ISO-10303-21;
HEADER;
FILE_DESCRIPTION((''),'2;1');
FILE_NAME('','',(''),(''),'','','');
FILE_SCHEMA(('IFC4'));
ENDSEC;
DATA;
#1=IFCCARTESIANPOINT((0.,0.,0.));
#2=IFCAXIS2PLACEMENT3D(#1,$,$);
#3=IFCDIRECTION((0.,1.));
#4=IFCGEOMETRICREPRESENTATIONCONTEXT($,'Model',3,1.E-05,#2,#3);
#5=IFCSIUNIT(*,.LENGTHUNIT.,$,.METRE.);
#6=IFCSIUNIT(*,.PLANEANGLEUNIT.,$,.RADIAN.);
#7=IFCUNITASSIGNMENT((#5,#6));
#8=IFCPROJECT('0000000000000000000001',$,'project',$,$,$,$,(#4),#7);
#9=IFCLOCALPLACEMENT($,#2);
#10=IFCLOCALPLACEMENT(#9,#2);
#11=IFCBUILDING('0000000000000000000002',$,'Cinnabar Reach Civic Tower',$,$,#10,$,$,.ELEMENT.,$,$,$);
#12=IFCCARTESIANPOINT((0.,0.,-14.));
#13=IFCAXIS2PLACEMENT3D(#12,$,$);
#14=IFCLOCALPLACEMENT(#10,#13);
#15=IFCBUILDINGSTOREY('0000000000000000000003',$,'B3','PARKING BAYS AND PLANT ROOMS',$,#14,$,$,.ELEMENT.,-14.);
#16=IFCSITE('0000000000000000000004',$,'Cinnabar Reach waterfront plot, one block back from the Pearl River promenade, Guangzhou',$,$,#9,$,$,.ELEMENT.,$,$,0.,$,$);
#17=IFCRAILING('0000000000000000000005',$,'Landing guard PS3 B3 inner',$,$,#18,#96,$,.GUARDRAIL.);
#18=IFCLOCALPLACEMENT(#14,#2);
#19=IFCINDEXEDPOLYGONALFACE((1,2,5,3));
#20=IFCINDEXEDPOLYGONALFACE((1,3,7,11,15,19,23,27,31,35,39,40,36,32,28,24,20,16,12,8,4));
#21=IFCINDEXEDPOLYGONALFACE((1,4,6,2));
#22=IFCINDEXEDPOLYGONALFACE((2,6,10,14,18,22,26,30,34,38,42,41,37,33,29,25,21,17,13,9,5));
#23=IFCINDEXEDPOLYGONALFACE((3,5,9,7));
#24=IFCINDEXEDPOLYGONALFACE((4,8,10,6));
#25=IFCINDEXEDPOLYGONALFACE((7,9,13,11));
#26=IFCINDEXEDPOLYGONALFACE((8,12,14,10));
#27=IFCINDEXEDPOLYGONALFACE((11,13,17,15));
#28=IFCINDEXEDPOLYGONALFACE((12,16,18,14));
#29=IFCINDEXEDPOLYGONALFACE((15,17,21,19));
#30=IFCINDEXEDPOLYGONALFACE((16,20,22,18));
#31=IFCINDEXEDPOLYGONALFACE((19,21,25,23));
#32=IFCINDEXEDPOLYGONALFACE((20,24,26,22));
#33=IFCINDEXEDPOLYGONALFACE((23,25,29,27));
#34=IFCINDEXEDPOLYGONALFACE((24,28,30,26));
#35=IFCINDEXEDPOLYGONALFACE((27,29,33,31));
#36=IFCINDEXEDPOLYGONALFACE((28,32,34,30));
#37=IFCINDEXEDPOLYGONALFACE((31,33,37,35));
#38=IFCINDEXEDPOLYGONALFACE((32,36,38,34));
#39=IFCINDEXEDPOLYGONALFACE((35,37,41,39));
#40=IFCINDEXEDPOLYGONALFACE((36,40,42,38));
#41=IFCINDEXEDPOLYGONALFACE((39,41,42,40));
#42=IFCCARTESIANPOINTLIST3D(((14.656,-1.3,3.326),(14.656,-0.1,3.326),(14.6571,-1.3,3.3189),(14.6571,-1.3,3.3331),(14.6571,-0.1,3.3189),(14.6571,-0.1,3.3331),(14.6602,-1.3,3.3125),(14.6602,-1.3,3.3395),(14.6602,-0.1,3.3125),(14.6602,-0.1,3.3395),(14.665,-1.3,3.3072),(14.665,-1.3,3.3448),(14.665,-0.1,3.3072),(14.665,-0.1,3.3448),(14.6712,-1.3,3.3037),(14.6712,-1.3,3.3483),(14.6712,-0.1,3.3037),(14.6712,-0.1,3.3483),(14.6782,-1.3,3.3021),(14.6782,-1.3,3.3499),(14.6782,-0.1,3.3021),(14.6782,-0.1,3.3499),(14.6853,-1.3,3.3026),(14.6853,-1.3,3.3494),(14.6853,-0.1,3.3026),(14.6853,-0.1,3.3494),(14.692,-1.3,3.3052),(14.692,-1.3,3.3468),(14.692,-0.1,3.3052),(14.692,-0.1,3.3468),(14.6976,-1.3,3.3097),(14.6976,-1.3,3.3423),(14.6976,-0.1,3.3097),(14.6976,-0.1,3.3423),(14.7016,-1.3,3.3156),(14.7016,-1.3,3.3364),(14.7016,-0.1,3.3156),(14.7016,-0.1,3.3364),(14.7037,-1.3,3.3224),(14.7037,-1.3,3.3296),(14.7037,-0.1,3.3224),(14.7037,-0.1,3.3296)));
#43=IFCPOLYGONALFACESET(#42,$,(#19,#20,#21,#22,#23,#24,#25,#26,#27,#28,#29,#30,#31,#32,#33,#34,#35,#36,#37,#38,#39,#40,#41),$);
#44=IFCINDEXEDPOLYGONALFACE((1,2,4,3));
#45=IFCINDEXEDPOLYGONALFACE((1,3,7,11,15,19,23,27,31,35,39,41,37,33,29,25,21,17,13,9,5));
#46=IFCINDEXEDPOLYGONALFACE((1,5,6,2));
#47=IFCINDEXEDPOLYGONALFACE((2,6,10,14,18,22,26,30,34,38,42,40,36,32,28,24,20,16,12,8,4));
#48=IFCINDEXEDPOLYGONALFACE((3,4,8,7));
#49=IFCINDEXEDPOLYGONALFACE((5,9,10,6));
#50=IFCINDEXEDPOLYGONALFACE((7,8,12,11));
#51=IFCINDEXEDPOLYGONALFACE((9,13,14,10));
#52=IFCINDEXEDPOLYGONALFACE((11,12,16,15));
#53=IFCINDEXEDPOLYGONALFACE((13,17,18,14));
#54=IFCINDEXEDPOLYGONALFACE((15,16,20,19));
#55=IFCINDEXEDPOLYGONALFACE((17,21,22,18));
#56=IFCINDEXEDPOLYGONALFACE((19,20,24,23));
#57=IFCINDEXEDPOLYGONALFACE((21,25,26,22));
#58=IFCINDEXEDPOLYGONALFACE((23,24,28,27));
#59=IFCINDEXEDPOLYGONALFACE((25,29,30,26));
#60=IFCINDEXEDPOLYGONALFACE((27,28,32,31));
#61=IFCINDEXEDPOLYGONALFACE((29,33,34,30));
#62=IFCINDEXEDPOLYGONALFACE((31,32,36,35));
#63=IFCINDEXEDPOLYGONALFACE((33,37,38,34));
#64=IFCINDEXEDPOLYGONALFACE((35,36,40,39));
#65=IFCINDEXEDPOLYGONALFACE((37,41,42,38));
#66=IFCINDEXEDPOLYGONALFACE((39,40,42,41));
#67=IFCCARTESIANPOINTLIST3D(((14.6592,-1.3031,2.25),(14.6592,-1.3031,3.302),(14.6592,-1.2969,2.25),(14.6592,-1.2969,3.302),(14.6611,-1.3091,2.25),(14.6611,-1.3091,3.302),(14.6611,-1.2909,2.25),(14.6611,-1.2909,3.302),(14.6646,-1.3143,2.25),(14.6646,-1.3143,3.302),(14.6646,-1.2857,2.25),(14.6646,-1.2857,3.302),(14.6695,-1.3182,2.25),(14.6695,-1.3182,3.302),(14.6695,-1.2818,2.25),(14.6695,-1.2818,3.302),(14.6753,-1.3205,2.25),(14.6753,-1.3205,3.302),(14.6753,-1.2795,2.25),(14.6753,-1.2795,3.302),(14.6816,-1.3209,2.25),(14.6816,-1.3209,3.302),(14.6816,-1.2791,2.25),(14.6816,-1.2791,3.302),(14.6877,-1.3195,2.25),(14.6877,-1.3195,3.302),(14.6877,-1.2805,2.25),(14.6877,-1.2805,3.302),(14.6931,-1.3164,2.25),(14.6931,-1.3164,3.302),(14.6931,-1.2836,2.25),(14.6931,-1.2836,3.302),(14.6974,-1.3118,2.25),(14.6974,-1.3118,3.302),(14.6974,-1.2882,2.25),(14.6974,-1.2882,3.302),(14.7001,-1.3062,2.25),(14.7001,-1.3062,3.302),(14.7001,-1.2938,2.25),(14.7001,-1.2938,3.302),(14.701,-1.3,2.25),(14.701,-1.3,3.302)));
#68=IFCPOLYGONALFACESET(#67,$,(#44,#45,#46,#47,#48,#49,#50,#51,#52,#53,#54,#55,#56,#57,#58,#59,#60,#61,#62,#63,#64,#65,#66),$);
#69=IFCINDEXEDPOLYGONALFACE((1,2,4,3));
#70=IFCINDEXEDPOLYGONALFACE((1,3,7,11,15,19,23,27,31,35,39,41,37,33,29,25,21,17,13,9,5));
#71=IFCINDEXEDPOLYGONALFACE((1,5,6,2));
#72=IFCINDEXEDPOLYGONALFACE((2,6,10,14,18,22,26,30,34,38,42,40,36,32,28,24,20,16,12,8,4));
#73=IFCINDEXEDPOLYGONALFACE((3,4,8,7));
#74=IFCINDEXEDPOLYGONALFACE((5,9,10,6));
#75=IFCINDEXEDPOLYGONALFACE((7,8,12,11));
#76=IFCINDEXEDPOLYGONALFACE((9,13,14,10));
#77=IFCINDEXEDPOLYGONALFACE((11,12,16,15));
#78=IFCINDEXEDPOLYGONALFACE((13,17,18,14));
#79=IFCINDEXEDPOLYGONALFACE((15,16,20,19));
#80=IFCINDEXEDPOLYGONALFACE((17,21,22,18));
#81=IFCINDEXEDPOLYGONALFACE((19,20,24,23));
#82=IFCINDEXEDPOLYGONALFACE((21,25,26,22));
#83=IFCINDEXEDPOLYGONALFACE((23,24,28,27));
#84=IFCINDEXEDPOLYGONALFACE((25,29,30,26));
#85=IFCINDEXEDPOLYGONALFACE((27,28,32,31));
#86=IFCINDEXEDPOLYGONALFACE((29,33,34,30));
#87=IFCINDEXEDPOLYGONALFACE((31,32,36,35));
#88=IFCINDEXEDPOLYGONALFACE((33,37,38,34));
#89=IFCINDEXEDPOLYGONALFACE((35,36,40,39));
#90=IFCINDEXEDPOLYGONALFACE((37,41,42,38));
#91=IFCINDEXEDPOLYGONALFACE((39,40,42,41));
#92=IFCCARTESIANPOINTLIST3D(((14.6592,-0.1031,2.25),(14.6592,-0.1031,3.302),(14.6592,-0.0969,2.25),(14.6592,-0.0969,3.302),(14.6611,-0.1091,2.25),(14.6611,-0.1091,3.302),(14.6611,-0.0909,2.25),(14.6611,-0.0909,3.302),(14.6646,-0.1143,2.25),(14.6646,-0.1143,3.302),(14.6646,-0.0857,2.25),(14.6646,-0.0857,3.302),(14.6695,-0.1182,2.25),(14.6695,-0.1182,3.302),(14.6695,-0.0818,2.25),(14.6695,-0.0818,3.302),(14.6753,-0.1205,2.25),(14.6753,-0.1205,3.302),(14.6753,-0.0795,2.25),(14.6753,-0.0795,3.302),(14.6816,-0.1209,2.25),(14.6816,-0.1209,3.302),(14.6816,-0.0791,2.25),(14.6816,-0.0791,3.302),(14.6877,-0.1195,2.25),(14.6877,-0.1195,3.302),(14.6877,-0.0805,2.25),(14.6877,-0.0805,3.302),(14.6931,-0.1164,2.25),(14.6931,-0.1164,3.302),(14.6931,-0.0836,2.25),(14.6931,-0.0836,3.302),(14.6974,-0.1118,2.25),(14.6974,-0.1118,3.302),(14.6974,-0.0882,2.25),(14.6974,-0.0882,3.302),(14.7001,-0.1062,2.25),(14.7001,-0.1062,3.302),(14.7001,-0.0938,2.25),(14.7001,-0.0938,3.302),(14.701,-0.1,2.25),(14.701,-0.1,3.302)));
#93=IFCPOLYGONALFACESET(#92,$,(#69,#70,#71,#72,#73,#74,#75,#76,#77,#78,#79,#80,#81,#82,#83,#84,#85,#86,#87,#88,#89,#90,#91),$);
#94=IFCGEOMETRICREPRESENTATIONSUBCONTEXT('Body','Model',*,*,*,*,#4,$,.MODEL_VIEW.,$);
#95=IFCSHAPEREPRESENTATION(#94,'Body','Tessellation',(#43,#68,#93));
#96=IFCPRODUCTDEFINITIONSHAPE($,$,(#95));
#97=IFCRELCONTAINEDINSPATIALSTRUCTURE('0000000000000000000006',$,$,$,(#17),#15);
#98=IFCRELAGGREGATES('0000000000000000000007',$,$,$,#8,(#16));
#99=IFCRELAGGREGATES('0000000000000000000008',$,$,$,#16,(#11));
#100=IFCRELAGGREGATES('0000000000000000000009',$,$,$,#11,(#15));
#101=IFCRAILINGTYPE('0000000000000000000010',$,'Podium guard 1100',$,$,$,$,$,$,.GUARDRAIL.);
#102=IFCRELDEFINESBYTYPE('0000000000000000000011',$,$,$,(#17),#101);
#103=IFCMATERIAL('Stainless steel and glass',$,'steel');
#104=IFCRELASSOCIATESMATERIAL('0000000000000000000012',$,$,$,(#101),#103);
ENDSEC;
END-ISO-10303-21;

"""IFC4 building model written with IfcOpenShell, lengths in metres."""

from ifc_helpers import new_model, si_unit, direction, frame, origin, origin_2d, place, context, subcontext, project, spatial, circle, extrude, material, type_object, element, save


model = new_model("IFC4")

# Units and contexts
model_context = context("Model", 3, precision=1e-05, world=origin(), true_north=direction((0.0, 1.0)))
body_context = subcontext(model_context, "Body", "Model", "MODEL_VIEW")
ifc_project = project(units=[si_unit("LENGTHUNIT", "METRE"), si_unit("PLANEANGLEUNIT", "RADIAN")], contexts=[model_context])

# Site, building, storey
site_placement = place(None, origin())
site = spatial("IfcSite", under=ifc_project, at=site_placement, Name="Cinnabar Reach waterfront plot, one block back from the Pearl River promenade, Guangzhou", CompositionType="ELEMENT", RefElevation=0.0)
building_placement = place(site_placement, origin())
building = spatial("IfcBuilding", under=site, at=building_placement, Name="Cinnabar Reach Civic Tower", CompositionType="ELEMENT")
storey_placement = place(building_placement, frame((0.0, 0.0, -14.0)))
storey = spatial("IfcBuildingStorey", under=building, at=storey_placement, Name="B3", Description="PARKING BAYS AND PLANT ROOMS", CompositionType="ELEMENT", Elevation=-14.0)

# Railing
ifc_material_1 = material(Name="Stainless steel and glass", Category="steel")
railing_type_1 = type_object("IfcRailingType", Name="Podium guard 1100", PredefinedType="GUARDRAIL", material=ifc_material_1)
railing_1_placement = place(storey_placement, frame((14.68, -1.3, 2.25)))
element("IfcRailing", 1, at=railing_1_placement, inside=storey, type_object=railing_type_1, Name="Landing guard PS3 B3 inner", PredefinedType="GUARDRAIL", context=body_context, shape_type="SweptSolid", body=[
    extrude(circle(Radius=0.024, at=origin_2d()), frame((0.0, 0.0, 1.076), z_axis=(0.0, 1.0, 0.0), x_axis=(-1.0, 0.0, 0.0)), (0.0, 0.0, 1.0), 1.2),
    extrude(circle(Radius=0.021, at=origin_2d()), origin(), (0.0, 0.0, 1.0), 1.052),
    extrude(circle(Radius=0.021, at=origin_2d()), frame((0.0, 1.2, 0.0)), (0.0, 0.0, 1.0), 1.052),
])

save(model, "model.ifc")
